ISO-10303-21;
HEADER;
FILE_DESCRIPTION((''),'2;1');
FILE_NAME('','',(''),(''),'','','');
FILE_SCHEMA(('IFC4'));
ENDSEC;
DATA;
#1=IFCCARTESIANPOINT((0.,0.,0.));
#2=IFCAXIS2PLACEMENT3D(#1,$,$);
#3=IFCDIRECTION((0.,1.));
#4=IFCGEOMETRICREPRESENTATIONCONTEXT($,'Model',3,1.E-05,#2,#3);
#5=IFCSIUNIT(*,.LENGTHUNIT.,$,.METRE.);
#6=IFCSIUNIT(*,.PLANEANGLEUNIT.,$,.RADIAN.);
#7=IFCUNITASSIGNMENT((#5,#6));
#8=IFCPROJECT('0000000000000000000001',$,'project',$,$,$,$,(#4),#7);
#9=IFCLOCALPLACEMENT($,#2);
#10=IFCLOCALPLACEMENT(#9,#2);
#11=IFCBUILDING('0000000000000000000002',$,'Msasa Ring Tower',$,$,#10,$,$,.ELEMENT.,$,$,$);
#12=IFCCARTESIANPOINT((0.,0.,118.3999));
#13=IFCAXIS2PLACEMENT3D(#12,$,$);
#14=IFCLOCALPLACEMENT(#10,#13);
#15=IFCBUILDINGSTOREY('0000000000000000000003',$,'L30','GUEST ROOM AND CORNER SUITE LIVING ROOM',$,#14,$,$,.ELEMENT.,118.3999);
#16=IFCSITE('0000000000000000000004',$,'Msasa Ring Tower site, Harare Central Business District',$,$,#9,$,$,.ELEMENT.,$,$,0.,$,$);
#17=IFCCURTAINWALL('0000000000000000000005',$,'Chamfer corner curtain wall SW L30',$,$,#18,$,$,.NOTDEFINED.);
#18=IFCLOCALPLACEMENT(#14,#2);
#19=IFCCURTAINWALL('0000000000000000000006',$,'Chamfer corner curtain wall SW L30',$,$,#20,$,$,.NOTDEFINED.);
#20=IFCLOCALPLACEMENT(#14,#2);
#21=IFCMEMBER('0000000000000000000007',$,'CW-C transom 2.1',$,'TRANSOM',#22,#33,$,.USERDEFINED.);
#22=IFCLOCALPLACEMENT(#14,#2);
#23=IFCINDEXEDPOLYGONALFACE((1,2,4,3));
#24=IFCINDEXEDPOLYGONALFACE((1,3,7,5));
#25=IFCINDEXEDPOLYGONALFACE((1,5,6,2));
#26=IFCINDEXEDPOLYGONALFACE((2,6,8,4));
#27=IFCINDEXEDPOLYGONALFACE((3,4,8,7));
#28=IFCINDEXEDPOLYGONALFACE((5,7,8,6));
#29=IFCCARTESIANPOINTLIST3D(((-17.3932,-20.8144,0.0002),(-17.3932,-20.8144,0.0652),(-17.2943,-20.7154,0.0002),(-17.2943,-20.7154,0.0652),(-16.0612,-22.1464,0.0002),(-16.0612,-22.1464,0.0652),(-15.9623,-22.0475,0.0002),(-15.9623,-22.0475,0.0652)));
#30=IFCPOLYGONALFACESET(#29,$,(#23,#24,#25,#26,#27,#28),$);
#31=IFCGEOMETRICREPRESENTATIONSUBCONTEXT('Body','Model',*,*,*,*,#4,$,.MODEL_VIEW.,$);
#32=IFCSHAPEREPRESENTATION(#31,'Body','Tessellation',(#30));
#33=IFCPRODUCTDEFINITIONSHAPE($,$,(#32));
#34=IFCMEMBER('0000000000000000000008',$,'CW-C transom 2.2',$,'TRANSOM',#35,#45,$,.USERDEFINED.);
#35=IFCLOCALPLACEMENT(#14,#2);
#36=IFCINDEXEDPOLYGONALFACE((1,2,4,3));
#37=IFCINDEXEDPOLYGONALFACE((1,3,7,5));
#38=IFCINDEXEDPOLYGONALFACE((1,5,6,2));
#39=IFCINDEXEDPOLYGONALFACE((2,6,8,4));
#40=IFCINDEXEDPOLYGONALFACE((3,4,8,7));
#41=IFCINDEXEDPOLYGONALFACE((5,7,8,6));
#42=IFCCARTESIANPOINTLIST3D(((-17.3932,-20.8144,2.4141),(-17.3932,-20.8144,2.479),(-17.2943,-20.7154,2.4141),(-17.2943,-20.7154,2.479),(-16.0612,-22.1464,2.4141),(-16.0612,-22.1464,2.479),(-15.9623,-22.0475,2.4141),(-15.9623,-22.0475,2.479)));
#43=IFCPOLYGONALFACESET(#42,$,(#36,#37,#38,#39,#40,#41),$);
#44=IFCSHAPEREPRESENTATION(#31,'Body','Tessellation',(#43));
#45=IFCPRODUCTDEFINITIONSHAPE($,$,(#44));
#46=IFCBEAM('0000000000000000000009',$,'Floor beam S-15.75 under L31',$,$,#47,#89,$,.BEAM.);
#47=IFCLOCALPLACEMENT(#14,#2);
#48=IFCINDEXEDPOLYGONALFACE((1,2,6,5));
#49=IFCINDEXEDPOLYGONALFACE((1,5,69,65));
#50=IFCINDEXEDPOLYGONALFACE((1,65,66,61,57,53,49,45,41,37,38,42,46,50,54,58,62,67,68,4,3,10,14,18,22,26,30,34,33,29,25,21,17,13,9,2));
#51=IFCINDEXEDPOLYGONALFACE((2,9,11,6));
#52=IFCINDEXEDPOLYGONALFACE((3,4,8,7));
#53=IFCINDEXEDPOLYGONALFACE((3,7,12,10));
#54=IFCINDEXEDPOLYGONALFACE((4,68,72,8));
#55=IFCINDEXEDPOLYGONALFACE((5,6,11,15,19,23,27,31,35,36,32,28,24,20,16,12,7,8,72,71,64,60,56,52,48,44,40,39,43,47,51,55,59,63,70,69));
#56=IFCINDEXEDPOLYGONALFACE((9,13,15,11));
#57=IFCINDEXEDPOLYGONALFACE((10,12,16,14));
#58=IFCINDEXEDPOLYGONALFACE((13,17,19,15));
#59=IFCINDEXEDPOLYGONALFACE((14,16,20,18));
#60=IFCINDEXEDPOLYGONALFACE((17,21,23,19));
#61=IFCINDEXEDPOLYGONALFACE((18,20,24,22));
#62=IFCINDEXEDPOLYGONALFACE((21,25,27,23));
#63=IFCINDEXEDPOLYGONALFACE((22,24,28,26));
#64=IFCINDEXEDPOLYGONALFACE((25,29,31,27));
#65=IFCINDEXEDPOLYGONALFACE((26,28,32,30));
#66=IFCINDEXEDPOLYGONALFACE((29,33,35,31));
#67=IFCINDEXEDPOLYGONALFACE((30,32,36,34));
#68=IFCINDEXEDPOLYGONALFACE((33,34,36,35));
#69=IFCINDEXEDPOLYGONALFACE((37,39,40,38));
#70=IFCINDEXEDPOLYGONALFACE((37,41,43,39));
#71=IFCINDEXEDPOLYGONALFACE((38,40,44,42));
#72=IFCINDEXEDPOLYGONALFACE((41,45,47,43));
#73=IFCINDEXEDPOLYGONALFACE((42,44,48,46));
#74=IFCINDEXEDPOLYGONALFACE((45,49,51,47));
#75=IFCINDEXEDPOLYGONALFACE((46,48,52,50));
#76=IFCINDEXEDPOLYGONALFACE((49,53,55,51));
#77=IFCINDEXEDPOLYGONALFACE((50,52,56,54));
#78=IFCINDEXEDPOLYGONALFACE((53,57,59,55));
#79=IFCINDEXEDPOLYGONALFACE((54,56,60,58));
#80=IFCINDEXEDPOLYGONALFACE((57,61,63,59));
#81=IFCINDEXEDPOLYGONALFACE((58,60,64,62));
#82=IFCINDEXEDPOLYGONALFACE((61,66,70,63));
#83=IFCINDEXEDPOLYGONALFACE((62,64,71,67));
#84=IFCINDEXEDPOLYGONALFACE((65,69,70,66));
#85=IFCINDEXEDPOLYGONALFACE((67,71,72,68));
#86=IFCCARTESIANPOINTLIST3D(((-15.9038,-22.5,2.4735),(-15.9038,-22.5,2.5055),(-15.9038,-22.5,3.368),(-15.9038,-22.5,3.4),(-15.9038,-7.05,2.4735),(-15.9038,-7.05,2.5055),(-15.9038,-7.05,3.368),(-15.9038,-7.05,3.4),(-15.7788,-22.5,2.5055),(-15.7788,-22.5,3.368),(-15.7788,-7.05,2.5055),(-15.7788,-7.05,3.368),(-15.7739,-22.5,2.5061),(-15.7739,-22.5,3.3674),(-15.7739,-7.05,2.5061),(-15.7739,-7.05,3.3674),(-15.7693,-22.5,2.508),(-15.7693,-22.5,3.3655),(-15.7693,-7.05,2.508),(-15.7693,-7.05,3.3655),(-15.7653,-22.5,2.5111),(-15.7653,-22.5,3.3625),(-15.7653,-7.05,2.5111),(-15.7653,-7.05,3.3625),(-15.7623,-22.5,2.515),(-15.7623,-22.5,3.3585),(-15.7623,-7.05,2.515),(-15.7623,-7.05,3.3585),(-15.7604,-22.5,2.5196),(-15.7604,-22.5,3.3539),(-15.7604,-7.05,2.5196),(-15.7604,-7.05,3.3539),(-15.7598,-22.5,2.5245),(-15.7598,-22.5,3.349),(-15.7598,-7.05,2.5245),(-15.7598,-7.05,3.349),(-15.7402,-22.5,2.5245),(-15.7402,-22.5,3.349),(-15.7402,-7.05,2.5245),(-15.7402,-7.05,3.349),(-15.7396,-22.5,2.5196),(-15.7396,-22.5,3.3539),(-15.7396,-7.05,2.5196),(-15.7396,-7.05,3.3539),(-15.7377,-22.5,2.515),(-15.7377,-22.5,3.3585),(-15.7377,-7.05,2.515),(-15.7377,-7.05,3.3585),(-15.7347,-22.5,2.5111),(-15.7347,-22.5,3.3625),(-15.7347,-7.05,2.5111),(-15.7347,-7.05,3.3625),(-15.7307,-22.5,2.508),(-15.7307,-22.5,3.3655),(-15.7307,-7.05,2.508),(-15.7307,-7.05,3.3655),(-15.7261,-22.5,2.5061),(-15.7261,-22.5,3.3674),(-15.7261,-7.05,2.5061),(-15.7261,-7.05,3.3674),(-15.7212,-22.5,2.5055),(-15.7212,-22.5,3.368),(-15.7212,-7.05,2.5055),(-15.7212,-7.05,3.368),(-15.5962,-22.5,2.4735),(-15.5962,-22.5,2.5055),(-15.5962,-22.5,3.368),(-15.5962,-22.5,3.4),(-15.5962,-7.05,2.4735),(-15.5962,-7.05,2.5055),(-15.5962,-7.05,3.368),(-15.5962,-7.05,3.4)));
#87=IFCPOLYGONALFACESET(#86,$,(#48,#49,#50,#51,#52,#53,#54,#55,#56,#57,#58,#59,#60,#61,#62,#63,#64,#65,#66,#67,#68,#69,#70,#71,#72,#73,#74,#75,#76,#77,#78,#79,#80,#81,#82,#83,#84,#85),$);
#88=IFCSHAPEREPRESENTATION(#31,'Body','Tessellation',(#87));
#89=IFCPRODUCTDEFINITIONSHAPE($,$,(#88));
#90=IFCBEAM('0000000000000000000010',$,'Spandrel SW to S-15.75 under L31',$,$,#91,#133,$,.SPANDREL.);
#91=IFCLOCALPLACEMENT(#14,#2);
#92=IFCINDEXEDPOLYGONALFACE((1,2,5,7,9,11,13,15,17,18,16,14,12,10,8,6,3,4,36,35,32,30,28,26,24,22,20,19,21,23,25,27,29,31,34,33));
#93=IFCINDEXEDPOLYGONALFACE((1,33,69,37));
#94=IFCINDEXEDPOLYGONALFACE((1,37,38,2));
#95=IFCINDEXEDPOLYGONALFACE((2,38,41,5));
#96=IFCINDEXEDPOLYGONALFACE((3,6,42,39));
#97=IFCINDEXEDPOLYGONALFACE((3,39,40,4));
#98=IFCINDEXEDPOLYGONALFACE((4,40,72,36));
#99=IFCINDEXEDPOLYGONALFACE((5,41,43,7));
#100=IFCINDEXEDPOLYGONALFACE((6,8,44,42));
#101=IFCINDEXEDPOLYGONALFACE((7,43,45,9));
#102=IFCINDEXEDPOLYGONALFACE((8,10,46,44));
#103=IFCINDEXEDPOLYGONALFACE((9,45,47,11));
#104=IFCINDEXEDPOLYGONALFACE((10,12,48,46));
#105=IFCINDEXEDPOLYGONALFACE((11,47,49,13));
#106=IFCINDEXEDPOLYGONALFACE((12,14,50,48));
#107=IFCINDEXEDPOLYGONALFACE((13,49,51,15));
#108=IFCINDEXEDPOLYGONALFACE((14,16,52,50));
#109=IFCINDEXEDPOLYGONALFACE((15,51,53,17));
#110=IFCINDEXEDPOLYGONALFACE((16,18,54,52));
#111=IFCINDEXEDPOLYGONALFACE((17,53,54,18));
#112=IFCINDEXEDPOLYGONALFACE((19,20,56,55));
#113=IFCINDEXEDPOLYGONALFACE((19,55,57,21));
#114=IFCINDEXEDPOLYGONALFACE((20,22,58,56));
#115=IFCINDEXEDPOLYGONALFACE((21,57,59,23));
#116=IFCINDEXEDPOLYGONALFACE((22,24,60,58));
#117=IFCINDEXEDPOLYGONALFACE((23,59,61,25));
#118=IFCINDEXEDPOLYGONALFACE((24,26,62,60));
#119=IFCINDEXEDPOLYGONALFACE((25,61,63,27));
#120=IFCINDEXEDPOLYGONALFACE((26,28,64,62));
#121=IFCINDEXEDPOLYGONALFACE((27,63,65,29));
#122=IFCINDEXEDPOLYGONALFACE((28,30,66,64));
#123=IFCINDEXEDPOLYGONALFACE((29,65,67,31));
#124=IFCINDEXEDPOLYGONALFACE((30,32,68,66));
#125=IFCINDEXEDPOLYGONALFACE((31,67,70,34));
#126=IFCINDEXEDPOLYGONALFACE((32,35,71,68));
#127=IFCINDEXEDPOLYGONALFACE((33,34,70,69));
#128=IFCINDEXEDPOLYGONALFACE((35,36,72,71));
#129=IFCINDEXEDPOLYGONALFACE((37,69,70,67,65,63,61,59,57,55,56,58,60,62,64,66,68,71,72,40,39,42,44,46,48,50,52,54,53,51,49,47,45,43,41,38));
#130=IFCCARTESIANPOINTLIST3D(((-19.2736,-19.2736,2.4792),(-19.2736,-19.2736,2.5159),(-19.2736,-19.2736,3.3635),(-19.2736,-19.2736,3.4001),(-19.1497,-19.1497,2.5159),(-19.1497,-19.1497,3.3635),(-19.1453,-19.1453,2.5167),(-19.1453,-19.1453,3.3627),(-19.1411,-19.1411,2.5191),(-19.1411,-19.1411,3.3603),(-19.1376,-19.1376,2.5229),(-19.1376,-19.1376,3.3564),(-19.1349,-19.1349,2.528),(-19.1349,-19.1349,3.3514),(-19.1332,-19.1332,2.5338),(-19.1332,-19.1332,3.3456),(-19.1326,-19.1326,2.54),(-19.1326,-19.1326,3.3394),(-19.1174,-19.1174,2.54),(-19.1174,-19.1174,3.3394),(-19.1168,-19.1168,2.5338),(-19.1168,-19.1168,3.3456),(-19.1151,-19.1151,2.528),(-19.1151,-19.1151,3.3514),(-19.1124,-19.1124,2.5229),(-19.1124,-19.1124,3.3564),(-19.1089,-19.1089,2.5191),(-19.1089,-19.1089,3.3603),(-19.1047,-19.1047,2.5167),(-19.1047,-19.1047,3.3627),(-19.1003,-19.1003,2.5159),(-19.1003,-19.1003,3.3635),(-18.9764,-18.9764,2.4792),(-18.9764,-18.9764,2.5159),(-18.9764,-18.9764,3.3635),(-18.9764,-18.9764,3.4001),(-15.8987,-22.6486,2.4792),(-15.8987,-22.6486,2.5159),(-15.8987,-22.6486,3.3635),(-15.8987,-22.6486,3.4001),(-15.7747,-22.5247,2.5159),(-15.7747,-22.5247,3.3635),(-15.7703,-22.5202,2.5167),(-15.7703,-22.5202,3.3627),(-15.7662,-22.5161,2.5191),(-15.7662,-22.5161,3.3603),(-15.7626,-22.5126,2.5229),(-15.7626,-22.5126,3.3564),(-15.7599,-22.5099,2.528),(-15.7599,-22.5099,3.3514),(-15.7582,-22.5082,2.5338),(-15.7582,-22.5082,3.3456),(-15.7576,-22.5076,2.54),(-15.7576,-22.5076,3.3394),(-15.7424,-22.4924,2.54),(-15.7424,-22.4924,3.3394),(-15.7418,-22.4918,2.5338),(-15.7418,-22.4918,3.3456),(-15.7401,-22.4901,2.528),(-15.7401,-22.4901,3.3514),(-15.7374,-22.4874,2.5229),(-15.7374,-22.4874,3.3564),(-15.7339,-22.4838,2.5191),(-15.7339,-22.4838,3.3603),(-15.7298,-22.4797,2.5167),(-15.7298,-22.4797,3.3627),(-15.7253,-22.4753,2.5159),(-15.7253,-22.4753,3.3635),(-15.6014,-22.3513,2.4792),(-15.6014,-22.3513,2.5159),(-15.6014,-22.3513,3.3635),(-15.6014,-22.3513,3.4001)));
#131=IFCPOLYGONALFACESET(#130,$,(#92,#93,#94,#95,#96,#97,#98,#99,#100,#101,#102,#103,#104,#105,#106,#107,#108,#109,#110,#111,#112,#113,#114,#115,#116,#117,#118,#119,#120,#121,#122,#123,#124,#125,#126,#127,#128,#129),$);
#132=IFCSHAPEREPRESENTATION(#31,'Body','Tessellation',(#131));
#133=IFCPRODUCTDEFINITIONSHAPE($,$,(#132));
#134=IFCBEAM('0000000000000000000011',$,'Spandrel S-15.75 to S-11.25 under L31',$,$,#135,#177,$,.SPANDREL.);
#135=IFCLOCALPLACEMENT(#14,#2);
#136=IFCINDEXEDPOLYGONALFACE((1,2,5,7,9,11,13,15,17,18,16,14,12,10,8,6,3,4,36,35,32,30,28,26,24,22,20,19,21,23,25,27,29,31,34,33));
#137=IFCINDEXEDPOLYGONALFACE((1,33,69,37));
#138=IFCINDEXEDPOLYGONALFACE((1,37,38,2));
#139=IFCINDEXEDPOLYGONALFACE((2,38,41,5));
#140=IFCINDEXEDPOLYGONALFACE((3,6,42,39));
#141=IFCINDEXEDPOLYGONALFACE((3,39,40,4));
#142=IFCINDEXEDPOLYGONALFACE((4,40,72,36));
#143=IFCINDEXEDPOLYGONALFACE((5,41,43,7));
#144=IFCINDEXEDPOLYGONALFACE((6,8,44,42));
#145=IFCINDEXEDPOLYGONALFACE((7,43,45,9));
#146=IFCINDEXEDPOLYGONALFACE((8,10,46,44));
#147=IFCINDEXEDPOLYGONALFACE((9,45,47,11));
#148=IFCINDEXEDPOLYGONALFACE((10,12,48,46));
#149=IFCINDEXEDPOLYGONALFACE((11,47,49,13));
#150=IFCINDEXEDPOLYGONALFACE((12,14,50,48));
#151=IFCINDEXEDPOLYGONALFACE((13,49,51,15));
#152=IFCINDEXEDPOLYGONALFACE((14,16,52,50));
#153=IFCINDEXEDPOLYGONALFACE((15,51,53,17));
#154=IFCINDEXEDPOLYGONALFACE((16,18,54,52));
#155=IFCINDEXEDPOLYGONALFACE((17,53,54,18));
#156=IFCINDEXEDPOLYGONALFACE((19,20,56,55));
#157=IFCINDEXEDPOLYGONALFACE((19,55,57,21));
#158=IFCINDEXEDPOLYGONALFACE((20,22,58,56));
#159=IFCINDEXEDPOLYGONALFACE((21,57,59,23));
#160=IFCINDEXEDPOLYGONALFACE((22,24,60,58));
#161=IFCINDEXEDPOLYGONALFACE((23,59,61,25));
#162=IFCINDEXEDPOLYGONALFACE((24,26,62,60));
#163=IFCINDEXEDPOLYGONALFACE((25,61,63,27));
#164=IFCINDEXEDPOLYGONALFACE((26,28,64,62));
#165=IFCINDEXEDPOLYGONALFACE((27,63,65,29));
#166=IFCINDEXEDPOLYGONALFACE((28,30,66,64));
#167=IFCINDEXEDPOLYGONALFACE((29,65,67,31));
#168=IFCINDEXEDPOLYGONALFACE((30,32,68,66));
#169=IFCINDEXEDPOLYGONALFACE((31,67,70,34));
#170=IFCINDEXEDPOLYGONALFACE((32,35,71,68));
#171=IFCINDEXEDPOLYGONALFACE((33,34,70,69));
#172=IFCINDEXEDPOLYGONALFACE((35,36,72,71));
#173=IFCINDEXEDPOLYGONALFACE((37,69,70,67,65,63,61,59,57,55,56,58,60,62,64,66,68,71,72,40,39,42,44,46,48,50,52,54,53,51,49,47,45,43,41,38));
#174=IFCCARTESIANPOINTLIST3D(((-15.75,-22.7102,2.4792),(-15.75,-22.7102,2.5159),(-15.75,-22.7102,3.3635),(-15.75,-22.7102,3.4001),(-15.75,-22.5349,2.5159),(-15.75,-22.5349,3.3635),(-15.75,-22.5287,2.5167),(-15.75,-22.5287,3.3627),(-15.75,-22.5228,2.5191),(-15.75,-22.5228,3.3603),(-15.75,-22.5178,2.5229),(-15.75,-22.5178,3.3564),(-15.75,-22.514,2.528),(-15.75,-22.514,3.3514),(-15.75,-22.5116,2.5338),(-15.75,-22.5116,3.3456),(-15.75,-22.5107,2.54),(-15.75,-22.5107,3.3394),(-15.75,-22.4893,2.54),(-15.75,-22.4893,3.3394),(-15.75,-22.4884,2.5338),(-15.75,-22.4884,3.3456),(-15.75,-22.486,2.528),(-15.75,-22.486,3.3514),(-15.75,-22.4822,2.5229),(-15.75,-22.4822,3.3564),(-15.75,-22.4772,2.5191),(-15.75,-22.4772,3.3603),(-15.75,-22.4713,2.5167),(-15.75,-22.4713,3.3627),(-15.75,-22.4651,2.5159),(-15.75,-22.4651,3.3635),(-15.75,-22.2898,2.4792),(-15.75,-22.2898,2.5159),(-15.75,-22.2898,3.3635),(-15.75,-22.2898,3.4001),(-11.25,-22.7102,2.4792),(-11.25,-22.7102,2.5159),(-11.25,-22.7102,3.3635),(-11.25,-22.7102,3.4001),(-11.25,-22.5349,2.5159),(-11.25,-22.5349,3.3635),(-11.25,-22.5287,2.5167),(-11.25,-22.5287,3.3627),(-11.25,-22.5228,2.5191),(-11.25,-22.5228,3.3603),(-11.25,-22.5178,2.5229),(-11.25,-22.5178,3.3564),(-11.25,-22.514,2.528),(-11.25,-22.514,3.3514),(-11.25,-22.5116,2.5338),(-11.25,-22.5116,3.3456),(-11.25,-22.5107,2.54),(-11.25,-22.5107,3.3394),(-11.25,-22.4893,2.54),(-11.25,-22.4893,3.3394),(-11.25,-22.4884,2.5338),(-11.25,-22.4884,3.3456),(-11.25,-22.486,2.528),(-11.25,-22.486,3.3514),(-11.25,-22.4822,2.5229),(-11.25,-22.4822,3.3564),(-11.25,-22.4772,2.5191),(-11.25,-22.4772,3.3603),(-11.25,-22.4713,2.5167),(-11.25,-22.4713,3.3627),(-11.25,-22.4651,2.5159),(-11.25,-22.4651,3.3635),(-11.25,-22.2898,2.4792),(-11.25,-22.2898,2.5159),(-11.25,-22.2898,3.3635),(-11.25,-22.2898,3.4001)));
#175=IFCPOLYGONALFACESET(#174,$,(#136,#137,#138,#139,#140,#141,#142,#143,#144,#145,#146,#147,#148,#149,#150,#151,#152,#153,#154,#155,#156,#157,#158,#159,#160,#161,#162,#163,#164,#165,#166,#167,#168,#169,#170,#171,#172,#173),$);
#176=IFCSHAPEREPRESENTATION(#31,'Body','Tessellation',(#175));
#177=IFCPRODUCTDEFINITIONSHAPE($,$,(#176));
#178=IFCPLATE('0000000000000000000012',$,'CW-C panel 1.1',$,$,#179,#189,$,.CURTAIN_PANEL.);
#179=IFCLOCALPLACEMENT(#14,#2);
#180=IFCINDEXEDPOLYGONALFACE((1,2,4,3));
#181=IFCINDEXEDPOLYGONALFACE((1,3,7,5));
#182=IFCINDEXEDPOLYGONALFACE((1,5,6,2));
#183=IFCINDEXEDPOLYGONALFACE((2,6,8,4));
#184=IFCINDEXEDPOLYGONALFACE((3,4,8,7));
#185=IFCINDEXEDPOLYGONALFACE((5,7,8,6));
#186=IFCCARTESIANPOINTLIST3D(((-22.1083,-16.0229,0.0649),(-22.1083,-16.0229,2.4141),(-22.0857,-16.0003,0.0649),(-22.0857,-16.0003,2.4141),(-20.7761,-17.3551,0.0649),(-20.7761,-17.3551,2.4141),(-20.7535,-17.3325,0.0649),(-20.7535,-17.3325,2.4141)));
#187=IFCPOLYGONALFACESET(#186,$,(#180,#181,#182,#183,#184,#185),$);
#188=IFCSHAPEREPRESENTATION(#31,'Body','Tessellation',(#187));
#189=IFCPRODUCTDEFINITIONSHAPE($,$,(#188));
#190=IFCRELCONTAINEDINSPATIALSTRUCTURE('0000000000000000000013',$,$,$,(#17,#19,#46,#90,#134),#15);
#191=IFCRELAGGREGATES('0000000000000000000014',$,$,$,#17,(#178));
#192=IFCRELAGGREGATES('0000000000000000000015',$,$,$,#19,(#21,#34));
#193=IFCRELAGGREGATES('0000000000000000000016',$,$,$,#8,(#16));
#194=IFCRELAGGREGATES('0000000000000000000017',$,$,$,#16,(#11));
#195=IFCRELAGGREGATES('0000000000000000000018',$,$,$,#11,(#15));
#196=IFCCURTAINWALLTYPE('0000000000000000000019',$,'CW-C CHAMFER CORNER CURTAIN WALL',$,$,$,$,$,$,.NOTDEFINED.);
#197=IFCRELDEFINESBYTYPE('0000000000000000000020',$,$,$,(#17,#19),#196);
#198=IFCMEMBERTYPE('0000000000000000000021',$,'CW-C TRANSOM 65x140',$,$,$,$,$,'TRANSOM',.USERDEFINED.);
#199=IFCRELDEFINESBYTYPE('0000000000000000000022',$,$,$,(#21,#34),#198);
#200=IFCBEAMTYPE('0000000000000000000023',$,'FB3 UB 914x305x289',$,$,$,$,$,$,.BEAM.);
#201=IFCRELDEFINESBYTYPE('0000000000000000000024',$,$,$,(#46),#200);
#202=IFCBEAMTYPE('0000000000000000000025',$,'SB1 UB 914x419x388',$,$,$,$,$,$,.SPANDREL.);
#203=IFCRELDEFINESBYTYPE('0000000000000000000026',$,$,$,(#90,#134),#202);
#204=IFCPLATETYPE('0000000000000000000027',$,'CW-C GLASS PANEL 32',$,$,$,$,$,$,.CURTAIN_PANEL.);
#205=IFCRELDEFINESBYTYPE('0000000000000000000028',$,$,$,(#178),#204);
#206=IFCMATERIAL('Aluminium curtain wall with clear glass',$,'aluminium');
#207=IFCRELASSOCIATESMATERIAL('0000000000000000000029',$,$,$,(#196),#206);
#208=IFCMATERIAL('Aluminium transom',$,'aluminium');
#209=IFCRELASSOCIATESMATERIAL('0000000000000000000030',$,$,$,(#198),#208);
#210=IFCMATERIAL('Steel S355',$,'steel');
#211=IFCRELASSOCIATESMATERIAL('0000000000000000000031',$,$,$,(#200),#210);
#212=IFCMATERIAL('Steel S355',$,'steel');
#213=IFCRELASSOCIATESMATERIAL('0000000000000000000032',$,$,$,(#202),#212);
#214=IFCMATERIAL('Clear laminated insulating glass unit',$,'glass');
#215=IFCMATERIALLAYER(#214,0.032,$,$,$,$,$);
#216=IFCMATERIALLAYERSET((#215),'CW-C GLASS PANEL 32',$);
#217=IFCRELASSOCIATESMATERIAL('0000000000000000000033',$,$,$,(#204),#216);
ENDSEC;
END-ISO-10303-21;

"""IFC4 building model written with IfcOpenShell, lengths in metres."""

from ifc_helpers import new_model, si_unit, direction, frame, origin, origin_2d, place, context, subcontext, project, spatial, rectangle, i_section, extrude, material, layer, layer_set, material_profile, profile_set, type_object, element, aggregate, save


model = new_model("IFC4")

# Units and contexts
model_context = context("Model", 3, precision=1e-05, world=origin(), true_north=direction((0.0, 1.0)))
body_context = subcontext(model_context, "Body", "Model", "MODEL_VIEW")
ifc_project = project(units=[si_unit("LENGTHUNIT", "METRE"), si_unit("PLANEANGLEUNIT", "RADIAN")], contexts=[model_context])

# Site, building, storey
site_placement = place(None, origin())
site = spatial("IfcSite", under=ifc_project, at=site_placement, Name="Msasa Ring Tower site, Harare Central Business District", CompositionType="ELEMENT", RefElevation=0.0)
building_placement = place(site_placement, origin())
building = spatial("IfcBuilding", under=site, at=building_placement, Name="Msasa Ring Tower", CompositionType="ELEMENT")
storey_placement = place(building_placement, frame((0.0, 0.0, 118.3999)))
storey = spatial("IfcBuildingStorey", under=building, at=storey_placement, Name="L30", Description="GUEST ROOM AND CORNER SUITE LIVING ROOM", CompositionType="ELEMENT", Elevation=118.3999)

# Curtain walls
ifc_material_1 = material(Name="Aluminium curtain wall with clear glass", Category="aluminium")
curtain_wall_type = type_object("IfcCurtainWallType", Name="CW-C CHAMFER CORNER CURTAIN WALL", PredefinedType="NOTDEFINED", material=ifc_material_1)
curtain_wall_1_placement = place(storey_placement, origin())
curtain_wall_1 = element("IfcCurtainWall", 1, at=curtain_wall_1_placement, inside=storey, type_object=curtain_wall_type, Name="Chamfer corner curtain wall SW L30", PredefinedType="NOTDEFINED")
curtain_wall_2_placement = place(storey_placement, origin())
curtain_wall_2 = element("IfcCurtainWall", 2, at=curtain_wall_2_placement, inside=storey, type_object=curtain_wall_type, Name="Chamfer corner curtain wall SW L30", PredefinedType="NOTDEFINED")

# Members
ifc_material_2 = material(Name="Aluminium transom", Category="aluminium")
ifc_material_profile_1 = material_profile(ifc_material_2, rectangle(XDim=0.1399, YDim=0.0649, at=origin_2d()), Name="AL 65x140")
ifc_profile_set_1 = profile_set([ifc_material_profile_1], Name="Aluminium transom")
member_type_1 = type_object("IfcMemberType", Name="CW-C TRANSOM 65x140", ElementType="TRANSOM", PredefinedType="USERDEFINED", material=ifc_profile_set_1)
member_1_placement = place(storey_placement, frame((-17.3438, -20.7649, 0.0327), z_axis=(0.707107, -0.707107, 0.0), x_axis=(0.707107, 0.707107, 0.0)))
member_1 = element("IfcMember", 3, at=member_1_placement, type_object=member_type_1, Name="CW-C transom 2.1", ObjectType="TRANSOM", PredefinedType="USERDEFINED", context=body_context, shape_type="SweptSolid", body=[
    extrude(rectangle(XDim=0.1399, YDim=0.0649, at=origin_2d()), origin(), (0.0, 0.0, 1.0), 1.8838),
])
member_2_placement = place(storey_placement, frame((-17.3438, -20.7649, 2.4465), z_axis=(0.707107, -0.707107, 0.0), x_axis=(0.707107, 0.707107, 0.0)))
member_2 = element("IfcMember", 4, at=member_2_placement, type_object=member_type_1, Name="CW-C transom 2.2", ObjectType="TRANSOM", PredefinedType="USERDEFINED", context=body_context, shape_type="SweptSolid", body=[
    extrude(rectangle(XDim=0.1399, YDim=0.0649, at=origin_2d()), origin(), (0.0, 0.0, 1.0), 1.8838),
])

# Beams
ifc_material_3 = material(Name="Steel S355", Category="steel")
ifc_material_profile_2 = material_profile(ifc_material_3, i_section(OverallWidth=0.3076, OverallDepth=0.9265, WebThickness=0.0195, FlangeThickness=0.032, FilletRadius=0.019, at=origin_2d()), Name="UB 914x305x289")
ifc_profile_set_2 = profile_set([ifc_material_profile_2], Name="Steel S355")
beam_type_1 = type_object("IfcBeamType", Name="FB3 UB 914x305x289", PredefinedType="BEAM", material=ifc_profile_set_2)
beam_1_placement = place(storey_placement, frame((-15.75, -22.5, 2.9368), z_axis=(0.0, 1.0, 0.0), x_axis=(-1.0, 0.0, 0.0)))
element("IfcBeam", 5, at=beam_1_placement, inside=storey, type_object=beam_type_1, Name="Floor beam S-15.75 under L31", PredefinedType="BEAM", context=body_context, shape_type="SweptSolid", body=[
    extrude(i_section(OverallWidth=0.3076, OverallDepth=0.9265, WebThickness=0.0195, FlangeThickness=0.032, FilletRadius=0.019, at=origin_2d()), origin(), (0.0, 0.0, 1.0), 15.45),
])
ifc_material_4 = material(Name="Steel S355", Category="steel")
ifc_material_profile_3 = material_profile(ifc_material_4, i_section(OverallWidth=0.4204, OverallDepth=0.9209, WebThickness=0.0215, FlangeThickness=0.0366, FilletRadius=0.0242, at=origin_2d()), Name="UB 914x419x388")
ifc_profile_set_3 = profile_set([ifc_material_profile_3], Name="Steel S355")
beam_type_2 = type_object("IfcBeamType", Name="SB1 UB 914x419x388", PredefinedType="SPANDREL", material=ifc_profile_set_3)
beam_2_placement = place(storey_placement, frame((-19.125, -19.125, 2.9397), z_axis=(0.707107, -0.707107, 0.0), x_axis=(0.707107, 0.707107, 0.0)))
element("IfcBeam", 6, at=beam_2_placement, inside=storey, type_object=beam_type_2, Name="Spandrel SW to S-15.75 under L31", PredefinedType="SPANDREL", context=body_context, shape_type="SweptSolid", body=[
    extrude(i_section(OverallWidth=0.4204, OverallDepth=0.9209, WebThickness=0.0215, FlangeThickness=0.0366, FilletRadius=0.0242, at=origin_2d()), origin(), (0.0, 0.0, 1.0), 4.7729),
])
beam_3_placement = place(storey_placement, frame((-15.75, -22.5, 2.9397), z_axis=(1.0, 0.0, 0.0), x_axis=(0.0, 1.0, 0.0)))
element("IfcBeam", 7, at=beam_3_placement, inside=storey, type_object=beam_type_2, Name="Spandrel S-15.75 to S-11.25 under L31", PredefinedType="SPANDREL", context=body_context, shape_type="SweptSolid", body=[
    extrude(i_section(OverallWidth=0.4204, OverallDepth=0.9209, WebThickness=0.0215, FlangeThickness=0.0366, FilletRadius=0.0242, at=origin_2d()), origin(), (0.0, 0.0, 1.0), 4.5),
])

# Plate
ifc_material_5 = material(Name="Clear laminated insulating glass unit", Category="glass")
ifc_layer_1 = layer(ifc_material_5, 0.032)
ifc_layer_set_1 = layer_set([ifc_layer_1], Name="CW-C GLASS PANEL 32")
plate_type = type_object("IfcPlateType", Name="CW-C GLASS PANEL 32", PredefinedType="CURTAIN_PANEL", material=ifc_layer_set_1)
plate_1_placement = place(storey_placement, frame((-21.4309, -16.6777, 0.0649), z_axis=(0.0, 0.0, 1.0), x_axis=(0.707107, -0.707107, 0.0)))
plate_1 = element("IfcPlate", 8, at=plate_1_placement, type_object=plate_type, Name="CW-C panel 1.1", PredefinedType="CURTAIN_PANEL", context=body_context, shape_type="SweptSolid", body=[
    extrude(rectangle(XDim=1.884, YDim=0.032, at=origin_2d()), origin(), (0.0, 0.0, 1.0), 2.3491),
])
aggregate(curtain_wall_1, [plate_1])
aggregate(curtain_wall_2, [member_1, member_2])

save(model, "model.ifc")
